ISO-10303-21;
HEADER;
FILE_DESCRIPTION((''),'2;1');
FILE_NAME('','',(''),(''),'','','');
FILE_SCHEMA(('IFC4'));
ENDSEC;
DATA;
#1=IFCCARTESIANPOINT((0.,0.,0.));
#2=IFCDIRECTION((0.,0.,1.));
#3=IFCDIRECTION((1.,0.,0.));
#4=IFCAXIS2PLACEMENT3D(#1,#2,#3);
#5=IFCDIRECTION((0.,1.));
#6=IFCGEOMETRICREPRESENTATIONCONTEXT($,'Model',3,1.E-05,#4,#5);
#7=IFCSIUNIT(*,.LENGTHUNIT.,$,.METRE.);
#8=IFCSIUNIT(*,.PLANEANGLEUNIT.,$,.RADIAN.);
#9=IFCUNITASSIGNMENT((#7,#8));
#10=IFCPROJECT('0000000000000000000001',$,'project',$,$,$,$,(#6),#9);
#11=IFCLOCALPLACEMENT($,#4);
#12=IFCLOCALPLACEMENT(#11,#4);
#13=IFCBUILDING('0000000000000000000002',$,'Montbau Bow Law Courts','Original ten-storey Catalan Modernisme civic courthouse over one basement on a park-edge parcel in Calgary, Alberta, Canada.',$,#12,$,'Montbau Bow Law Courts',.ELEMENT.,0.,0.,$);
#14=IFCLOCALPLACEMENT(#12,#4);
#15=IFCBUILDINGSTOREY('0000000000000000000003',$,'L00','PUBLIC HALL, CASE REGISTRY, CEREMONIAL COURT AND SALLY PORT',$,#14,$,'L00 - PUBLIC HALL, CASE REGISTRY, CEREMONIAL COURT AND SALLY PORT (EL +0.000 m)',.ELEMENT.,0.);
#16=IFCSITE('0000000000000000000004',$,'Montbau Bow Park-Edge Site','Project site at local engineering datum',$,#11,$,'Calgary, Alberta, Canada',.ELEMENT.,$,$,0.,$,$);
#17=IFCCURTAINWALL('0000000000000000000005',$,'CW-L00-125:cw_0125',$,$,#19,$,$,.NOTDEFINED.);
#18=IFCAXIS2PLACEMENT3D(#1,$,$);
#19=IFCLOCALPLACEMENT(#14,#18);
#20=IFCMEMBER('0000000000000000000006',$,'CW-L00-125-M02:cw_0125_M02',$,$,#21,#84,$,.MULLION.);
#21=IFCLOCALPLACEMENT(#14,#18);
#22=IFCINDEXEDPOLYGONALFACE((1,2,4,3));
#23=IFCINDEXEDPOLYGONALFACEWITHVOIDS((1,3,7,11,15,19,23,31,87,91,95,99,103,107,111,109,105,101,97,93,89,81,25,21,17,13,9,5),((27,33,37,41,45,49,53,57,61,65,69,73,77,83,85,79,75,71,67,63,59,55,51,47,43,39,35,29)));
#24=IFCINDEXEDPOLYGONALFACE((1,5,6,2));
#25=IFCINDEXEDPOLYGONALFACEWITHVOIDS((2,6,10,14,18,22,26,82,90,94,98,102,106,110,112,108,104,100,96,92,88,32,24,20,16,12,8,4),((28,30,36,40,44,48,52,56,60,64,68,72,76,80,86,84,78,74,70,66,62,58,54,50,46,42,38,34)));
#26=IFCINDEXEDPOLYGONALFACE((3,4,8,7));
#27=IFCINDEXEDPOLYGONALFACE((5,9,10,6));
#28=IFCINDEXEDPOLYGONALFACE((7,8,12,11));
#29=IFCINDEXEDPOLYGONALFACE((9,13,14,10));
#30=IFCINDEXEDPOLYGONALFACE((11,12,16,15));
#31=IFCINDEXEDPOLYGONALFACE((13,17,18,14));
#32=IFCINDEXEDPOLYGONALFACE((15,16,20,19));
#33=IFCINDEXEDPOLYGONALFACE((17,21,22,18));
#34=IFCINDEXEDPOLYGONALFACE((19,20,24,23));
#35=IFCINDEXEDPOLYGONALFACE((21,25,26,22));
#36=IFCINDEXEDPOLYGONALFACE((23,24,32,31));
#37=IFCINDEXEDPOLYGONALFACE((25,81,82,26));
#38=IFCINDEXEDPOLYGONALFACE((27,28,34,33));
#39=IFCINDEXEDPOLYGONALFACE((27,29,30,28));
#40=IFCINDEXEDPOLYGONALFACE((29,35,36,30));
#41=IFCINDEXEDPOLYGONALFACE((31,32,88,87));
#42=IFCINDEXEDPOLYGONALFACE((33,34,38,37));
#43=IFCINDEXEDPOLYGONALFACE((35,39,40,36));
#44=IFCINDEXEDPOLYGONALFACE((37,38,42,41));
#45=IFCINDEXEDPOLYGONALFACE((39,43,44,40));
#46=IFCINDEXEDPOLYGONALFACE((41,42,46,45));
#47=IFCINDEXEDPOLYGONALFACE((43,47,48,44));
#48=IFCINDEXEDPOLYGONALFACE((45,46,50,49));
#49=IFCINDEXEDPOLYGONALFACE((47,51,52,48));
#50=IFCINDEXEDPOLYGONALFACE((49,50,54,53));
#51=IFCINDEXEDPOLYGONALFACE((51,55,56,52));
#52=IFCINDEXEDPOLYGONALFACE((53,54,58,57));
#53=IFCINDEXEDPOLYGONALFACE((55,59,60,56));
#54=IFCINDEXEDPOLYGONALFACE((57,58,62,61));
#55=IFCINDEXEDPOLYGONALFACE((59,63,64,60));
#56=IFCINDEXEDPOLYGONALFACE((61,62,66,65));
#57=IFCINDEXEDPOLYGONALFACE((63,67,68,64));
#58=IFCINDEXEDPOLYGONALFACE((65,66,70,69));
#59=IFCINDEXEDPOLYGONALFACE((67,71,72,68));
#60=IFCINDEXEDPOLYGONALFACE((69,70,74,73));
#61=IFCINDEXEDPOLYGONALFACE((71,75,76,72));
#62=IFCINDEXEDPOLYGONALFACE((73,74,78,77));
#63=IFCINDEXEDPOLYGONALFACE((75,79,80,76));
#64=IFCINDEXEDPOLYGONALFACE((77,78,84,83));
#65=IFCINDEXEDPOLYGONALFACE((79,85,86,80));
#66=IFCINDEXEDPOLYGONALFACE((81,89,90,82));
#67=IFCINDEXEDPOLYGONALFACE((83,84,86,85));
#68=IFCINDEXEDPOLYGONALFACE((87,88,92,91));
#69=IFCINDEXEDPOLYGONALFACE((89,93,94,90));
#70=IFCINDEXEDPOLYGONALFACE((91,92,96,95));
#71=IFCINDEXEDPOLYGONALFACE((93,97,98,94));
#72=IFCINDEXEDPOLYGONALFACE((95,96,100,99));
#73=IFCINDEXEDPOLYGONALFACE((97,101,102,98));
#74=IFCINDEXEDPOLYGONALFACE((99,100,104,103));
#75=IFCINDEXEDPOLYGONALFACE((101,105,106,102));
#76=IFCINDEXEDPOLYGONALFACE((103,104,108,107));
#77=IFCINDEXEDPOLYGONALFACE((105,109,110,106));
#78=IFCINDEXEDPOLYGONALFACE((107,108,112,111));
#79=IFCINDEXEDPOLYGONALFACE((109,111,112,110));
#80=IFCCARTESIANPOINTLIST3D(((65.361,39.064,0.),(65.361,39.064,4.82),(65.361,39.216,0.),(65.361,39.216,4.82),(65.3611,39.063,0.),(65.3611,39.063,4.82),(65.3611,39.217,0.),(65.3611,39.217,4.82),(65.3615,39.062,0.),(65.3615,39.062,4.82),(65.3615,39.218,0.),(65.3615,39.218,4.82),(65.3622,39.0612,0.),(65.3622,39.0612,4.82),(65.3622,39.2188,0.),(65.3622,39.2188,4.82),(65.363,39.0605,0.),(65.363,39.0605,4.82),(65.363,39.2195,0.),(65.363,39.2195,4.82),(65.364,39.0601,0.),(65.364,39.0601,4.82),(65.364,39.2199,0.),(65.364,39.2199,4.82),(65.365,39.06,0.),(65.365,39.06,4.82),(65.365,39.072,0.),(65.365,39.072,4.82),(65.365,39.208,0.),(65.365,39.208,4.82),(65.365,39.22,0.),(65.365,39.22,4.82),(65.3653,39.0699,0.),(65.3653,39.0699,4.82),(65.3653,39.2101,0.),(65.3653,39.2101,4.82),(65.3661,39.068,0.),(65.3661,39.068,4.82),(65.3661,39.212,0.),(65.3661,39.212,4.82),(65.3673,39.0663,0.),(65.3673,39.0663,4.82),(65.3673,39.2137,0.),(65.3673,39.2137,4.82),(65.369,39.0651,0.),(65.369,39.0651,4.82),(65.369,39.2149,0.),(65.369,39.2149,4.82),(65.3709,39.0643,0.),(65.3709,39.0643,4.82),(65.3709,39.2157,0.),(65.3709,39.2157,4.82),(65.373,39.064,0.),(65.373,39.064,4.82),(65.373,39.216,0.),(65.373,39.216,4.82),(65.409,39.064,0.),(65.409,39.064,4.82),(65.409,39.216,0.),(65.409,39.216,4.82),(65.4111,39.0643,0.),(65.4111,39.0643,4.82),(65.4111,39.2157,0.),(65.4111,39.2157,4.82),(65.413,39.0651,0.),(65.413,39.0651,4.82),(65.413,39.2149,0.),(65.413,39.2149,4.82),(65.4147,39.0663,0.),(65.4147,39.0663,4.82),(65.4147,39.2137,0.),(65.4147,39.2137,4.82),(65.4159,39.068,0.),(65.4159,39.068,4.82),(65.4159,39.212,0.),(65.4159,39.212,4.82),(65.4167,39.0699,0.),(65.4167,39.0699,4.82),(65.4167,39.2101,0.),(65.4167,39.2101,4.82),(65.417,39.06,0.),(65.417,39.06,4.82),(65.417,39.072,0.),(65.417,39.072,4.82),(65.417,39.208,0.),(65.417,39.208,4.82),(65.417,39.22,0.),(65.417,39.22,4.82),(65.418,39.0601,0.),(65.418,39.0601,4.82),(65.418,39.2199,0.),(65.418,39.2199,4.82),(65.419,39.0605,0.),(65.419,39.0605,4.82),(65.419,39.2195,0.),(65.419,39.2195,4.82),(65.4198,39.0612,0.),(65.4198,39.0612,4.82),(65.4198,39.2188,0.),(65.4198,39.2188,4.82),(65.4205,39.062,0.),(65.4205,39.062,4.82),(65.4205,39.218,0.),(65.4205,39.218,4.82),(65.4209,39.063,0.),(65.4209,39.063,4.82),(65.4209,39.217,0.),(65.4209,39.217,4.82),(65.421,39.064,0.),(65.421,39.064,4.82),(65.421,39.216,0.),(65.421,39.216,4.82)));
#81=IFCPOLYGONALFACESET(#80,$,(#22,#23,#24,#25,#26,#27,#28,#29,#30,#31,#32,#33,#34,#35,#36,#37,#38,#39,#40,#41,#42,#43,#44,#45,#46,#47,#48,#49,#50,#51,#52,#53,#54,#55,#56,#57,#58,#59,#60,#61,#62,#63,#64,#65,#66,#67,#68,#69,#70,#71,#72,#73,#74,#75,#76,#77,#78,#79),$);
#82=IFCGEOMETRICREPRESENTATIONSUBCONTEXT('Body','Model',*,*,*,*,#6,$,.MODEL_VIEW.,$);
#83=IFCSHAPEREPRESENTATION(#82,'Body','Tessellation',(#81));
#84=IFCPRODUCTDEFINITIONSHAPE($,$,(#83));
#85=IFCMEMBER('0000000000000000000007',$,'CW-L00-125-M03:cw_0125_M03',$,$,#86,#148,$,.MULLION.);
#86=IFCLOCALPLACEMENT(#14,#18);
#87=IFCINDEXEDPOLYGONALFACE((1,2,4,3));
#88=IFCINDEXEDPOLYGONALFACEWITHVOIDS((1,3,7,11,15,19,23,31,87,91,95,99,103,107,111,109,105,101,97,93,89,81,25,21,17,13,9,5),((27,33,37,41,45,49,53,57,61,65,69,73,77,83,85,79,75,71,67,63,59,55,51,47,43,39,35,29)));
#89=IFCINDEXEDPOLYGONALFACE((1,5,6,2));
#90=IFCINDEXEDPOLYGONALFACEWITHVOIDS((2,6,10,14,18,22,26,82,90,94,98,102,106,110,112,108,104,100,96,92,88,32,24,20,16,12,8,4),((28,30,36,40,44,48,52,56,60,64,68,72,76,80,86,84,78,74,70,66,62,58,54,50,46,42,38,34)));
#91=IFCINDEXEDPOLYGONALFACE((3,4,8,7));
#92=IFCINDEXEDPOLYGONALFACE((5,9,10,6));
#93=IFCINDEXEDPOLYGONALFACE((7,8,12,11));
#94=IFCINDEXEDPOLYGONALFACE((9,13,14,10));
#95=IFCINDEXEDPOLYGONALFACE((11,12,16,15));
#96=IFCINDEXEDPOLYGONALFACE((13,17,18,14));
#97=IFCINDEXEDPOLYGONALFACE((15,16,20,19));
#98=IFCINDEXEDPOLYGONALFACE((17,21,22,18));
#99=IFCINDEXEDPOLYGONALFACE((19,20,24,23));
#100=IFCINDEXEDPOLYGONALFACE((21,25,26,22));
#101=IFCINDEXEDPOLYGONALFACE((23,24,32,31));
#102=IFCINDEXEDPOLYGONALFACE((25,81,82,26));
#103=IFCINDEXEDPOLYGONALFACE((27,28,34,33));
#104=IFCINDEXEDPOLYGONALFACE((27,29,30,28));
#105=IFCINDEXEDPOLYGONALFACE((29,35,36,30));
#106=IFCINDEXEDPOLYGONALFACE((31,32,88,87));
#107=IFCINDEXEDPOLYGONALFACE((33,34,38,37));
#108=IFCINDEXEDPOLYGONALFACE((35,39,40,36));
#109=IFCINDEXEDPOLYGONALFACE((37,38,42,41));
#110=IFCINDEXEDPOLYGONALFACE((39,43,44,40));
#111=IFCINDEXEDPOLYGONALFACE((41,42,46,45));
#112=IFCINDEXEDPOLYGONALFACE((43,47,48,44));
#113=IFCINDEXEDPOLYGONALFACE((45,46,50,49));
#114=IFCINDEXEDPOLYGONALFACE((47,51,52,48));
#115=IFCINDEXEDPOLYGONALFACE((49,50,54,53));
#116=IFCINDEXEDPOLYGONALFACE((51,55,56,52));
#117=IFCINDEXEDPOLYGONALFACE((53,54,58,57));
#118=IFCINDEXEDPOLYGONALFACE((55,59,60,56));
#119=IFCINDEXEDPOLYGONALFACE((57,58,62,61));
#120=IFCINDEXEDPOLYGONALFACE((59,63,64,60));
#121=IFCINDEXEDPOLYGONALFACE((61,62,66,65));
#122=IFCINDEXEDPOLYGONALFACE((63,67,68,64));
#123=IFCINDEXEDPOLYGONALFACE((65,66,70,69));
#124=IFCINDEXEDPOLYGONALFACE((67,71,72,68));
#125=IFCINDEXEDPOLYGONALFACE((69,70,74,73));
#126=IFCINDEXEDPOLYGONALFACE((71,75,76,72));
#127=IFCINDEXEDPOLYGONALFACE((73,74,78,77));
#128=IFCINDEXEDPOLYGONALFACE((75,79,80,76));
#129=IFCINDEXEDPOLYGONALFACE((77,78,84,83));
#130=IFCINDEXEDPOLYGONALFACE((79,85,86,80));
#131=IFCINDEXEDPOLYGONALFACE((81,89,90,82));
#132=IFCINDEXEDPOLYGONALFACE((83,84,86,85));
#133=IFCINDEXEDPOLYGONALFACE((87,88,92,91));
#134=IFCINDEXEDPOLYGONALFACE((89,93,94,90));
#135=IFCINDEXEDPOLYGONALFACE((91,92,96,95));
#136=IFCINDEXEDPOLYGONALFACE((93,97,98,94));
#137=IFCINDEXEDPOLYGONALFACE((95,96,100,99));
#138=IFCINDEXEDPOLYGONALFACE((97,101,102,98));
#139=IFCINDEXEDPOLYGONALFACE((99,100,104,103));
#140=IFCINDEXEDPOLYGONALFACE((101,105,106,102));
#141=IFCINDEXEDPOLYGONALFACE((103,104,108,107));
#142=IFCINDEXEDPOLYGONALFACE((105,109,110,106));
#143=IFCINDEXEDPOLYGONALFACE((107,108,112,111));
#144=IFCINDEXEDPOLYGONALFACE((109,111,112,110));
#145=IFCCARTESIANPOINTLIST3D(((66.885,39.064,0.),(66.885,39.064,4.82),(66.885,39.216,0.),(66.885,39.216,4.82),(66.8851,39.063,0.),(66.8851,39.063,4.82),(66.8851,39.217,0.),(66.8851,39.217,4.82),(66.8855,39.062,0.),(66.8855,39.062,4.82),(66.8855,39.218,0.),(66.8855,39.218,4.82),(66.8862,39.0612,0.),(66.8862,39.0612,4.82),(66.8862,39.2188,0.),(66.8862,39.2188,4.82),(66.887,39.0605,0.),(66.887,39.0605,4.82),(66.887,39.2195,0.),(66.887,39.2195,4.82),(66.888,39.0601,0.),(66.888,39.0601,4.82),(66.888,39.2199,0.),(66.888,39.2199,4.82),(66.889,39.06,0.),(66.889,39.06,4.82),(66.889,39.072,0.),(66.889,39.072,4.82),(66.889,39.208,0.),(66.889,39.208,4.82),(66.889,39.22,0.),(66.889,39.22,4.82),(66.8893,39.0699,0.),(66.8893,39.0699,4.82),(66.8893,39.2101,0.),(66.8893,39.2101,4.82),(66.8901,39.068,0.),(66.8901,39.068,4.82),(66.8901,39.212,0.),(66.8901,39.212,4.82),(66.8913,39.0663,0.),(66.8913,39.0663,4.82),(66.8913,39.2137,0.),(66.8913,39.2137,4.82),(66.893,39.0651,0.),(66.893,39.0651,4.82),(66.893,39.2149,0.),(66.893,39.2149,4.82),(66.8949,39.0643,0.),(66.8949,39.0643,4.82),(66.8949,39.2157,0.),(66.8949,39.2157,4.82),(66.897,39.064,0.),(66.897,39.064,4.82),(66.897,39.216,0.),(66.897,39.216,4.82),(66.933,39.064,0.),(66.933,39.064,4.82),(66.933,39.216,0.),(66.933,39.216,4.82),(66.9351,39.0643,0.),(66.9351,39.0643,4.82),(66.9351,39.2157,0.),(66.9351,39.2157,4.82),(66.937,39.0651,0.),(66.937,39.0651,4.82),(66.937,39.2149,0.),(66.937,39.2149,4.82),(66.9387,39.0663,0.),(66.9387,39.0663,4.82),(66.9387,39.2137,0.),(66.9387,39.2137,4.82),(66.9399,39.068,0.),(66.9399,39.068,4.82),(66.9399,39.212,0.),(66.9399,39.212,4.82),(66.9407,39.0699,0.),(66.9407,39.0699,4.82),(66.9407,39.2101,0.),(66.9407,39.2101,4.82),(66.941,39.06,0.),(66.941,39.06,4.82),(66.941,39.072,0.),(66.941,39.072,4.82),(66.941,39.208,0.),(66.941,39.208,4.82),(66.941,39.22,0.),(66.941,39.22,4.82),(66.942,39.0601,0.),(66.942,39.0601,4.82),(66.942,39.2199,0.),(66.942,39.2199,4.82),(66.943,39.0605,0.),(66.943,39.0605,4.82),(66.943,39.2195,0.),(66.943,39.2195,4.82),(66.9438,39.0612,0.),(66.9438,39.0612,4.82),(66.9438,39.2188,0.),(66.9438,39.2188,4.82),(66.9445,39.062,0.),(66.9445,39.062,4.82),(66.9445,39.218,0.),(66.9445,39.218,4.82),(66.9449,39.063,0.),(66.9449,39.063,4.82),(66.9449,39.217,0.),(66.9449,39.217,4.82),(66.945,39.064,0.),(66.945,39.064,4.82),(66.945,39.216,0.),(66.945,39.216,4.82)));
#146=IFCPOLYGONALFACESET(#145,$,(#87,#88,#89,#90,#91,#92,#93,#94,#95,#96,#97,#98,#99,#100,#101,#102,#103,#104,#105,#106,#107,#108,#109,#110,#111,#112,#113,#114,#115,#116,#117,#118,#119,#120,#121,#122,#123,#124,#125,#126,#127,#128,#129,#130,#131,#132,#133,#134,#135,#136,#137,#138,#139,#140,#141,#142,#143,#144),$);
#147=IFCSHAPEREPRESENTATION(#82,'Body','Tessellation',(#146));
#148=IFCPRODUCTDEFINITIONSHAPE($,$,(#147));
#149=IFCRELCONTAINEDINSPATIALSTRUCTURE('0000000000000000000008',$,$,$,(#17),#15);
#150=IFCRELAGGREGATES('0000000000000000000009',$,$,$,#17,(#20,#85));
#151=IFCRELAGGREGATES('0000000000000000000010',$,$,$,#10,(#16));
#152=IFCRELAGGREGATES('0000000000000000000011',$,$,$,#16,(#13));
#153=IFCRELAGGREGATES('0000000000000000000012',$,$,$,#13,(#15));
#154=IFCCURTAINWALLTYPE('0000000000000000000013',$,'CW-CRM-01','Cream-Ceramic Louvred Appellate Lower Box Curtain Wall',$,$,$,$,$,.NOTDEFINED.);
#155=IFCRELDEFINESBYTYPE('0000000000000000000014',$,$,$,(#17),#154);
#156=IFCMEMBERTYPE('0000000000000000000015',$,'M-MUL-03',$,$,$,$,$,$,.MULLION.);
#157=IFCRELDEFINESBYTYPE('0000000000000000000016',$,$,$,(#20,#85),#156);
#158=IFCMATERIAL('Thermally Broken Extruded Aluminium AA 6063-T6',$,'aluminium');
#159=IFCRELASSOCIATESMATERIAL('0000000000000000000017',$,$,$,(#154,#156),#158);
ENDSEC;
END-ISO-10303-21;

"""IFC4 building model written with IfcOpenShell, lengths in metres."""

from ifc_helpers import new_model, si_unit, direction, frame, origin_with_axes, origin_2d_with_axis, place, context, subcontext, project, spatial, hollow_rectangle, extrude, material, material_profile, profile_set, type_object, element, aggregate, save


model = new_model("IFC4")

# Units and contexts
model_context = context("Model", 3, precision=1e-05, world=origin_with_axes(), true_north=direction((0.0, 1.0)))
body_context = subcontext(model_context, "Body", "Model", "MODEL_VIEW")
ifc_project = project(units=[si_unit("LENGTHUNIT", "METRE"), si_unit("PLANEANGLEUNIT", "RADIAN")], contexts=[model_context])

# Site, building, storey
site_placement = place(None, origin_with_axes())
site = spatial("IfcSite", under=ifc_project, at=site_placement, Name="Montbau Bow Park-Edge Site", Description="Project site at local engineering datum", LongName="Calgary, Alberta, Canada", CompositionType="ELEMENT", RefElevation=0.0)
building_placement = place(site_placement, origin_with_axes())
building = spatial("IfcBuilding", under=site, at=building_placement, Name="Montbau Bow Law Courts", Description="Original ten-storey Catalan Modernisme civic courthouse over one basement on a park-edge parcel in Calgary, Alberta, Canada.", LongName="Montbau Bow Law Courts", CompositionType="ELEMENT", ElevationOfRefHeight=0.0, ElevationOfTerrain=0.0)
storey_placement = place(building_placement, origin_with_axes())
storey = spatial("IfcBuildingStorey", under=building, at=storey_placement, Name="L00", Description="PUBLIC HALL, CASE REGISTRY, CEREMONIAL COURT AND SALLY PORT", LongName="L00 - PUBLIC HALL, CASE REGISTRY, CEREMONIAL COURT AND SALLY PORT (EL +0.000 m)", CompositionType="ELEMENT", Elevation=0.0)

# Shared definitions
ifc_material_1 = material(Name="Thermally Broken Extruded Aluminium AA 6063-T6", Category="aluminium")
curtain_wall_type = type_object("IfcCurtainWallType", Name="CW-CRM-01", Description="Cream-Ceramic Louvred Appellate Lower Box Curtain Wall", PredefinedType="NOTDEFINED", material=ifc_material_1)

# Curtain wall, members
curtain_wall_1_placement = place(None, frame((63.868, 39.14, 0.0), z_axis=(0.0, 0.0, 1.0), x_axis=(1.0, 0.0, 0.0)))
curtain_wall_1 = element("IfcCurtainWall", 1, at=curtain_wall_1_placement, inside=storey, type_object=curtain_wall_type, Name="CW-L00-125:cw_0125", PredefinedType="NOTDEFINED")
ifc_material_profile_1 = material_profile(ifc_material_1, hollow_rectangle(XDim=0.06, YDim=0.16, WallThickness=0.004, InnerFilletRadius=0.008, OuterFilletRadius=0.004, at=origin_2d_with_axis()), Name="CWM-160X60", Category="Main", Priority=0)
ifc_profile_set_1 = profile_set([ifc_material_profile_1], Name="Thermally Broken Extruded Aluminium AA 6063-T6")
member_type_1 = type_object("IfcMemberType", Name="M-MUL-03", PredefinedType="MULLION", material=ifc_profile_set_1)
member_1_placement = place(None, frame((65.391, 39.14, 0.0), z_axis=(0.0, 0.0, 1.0), x_axis=(1.0, 0.0, 0.0)))
member_1 = element("IfcMember", 2, at=member_1_placement, type_object=member_type_1, Name="CW-L00-125-M02:cw_0125_M02", PredefinedType="MULLION", context=body_context, shape_type="SweptSolid", body=[
    extrude(hollow_rectangle(XDim=0.06, YDim=0.16, WallThickness=0.004, InnerFilletRadius=0.008, OuterFilletRadius=0.004, at=origin_2d_with_axis()), origin_with_axes(), (0.0, 0.0, 1.0), 4.82),
])
member_2_placement = place(None, frame((66.915, 39.14, 0.0), z_axis=(0.0, 0.0, 1.0), x_axis=(1.0, 0.0, 0.0)))
member_2 = element("IfcMember", 3, at=member_2_placement, type_object=member_type_1, Name="CW-L00-125-M03:cw_0125_M03", PredefinedType="MULLION", context=body_context, shape_type="SweptSolid", body=[
    extrude(hollow_rectangle(XDim=0.06, YDim=0.16, WallThickness=0.004, InnerFilletRadius=0.008, OuterFilletRadius=0.004, at=origin_2d_with_axis()), origin_with_axes(), (0.0, 0.0, 1.0), 4.82),
])

aggregate(curtain_wall_1, [member_1, member_2])

save(model, "model.ifc")
